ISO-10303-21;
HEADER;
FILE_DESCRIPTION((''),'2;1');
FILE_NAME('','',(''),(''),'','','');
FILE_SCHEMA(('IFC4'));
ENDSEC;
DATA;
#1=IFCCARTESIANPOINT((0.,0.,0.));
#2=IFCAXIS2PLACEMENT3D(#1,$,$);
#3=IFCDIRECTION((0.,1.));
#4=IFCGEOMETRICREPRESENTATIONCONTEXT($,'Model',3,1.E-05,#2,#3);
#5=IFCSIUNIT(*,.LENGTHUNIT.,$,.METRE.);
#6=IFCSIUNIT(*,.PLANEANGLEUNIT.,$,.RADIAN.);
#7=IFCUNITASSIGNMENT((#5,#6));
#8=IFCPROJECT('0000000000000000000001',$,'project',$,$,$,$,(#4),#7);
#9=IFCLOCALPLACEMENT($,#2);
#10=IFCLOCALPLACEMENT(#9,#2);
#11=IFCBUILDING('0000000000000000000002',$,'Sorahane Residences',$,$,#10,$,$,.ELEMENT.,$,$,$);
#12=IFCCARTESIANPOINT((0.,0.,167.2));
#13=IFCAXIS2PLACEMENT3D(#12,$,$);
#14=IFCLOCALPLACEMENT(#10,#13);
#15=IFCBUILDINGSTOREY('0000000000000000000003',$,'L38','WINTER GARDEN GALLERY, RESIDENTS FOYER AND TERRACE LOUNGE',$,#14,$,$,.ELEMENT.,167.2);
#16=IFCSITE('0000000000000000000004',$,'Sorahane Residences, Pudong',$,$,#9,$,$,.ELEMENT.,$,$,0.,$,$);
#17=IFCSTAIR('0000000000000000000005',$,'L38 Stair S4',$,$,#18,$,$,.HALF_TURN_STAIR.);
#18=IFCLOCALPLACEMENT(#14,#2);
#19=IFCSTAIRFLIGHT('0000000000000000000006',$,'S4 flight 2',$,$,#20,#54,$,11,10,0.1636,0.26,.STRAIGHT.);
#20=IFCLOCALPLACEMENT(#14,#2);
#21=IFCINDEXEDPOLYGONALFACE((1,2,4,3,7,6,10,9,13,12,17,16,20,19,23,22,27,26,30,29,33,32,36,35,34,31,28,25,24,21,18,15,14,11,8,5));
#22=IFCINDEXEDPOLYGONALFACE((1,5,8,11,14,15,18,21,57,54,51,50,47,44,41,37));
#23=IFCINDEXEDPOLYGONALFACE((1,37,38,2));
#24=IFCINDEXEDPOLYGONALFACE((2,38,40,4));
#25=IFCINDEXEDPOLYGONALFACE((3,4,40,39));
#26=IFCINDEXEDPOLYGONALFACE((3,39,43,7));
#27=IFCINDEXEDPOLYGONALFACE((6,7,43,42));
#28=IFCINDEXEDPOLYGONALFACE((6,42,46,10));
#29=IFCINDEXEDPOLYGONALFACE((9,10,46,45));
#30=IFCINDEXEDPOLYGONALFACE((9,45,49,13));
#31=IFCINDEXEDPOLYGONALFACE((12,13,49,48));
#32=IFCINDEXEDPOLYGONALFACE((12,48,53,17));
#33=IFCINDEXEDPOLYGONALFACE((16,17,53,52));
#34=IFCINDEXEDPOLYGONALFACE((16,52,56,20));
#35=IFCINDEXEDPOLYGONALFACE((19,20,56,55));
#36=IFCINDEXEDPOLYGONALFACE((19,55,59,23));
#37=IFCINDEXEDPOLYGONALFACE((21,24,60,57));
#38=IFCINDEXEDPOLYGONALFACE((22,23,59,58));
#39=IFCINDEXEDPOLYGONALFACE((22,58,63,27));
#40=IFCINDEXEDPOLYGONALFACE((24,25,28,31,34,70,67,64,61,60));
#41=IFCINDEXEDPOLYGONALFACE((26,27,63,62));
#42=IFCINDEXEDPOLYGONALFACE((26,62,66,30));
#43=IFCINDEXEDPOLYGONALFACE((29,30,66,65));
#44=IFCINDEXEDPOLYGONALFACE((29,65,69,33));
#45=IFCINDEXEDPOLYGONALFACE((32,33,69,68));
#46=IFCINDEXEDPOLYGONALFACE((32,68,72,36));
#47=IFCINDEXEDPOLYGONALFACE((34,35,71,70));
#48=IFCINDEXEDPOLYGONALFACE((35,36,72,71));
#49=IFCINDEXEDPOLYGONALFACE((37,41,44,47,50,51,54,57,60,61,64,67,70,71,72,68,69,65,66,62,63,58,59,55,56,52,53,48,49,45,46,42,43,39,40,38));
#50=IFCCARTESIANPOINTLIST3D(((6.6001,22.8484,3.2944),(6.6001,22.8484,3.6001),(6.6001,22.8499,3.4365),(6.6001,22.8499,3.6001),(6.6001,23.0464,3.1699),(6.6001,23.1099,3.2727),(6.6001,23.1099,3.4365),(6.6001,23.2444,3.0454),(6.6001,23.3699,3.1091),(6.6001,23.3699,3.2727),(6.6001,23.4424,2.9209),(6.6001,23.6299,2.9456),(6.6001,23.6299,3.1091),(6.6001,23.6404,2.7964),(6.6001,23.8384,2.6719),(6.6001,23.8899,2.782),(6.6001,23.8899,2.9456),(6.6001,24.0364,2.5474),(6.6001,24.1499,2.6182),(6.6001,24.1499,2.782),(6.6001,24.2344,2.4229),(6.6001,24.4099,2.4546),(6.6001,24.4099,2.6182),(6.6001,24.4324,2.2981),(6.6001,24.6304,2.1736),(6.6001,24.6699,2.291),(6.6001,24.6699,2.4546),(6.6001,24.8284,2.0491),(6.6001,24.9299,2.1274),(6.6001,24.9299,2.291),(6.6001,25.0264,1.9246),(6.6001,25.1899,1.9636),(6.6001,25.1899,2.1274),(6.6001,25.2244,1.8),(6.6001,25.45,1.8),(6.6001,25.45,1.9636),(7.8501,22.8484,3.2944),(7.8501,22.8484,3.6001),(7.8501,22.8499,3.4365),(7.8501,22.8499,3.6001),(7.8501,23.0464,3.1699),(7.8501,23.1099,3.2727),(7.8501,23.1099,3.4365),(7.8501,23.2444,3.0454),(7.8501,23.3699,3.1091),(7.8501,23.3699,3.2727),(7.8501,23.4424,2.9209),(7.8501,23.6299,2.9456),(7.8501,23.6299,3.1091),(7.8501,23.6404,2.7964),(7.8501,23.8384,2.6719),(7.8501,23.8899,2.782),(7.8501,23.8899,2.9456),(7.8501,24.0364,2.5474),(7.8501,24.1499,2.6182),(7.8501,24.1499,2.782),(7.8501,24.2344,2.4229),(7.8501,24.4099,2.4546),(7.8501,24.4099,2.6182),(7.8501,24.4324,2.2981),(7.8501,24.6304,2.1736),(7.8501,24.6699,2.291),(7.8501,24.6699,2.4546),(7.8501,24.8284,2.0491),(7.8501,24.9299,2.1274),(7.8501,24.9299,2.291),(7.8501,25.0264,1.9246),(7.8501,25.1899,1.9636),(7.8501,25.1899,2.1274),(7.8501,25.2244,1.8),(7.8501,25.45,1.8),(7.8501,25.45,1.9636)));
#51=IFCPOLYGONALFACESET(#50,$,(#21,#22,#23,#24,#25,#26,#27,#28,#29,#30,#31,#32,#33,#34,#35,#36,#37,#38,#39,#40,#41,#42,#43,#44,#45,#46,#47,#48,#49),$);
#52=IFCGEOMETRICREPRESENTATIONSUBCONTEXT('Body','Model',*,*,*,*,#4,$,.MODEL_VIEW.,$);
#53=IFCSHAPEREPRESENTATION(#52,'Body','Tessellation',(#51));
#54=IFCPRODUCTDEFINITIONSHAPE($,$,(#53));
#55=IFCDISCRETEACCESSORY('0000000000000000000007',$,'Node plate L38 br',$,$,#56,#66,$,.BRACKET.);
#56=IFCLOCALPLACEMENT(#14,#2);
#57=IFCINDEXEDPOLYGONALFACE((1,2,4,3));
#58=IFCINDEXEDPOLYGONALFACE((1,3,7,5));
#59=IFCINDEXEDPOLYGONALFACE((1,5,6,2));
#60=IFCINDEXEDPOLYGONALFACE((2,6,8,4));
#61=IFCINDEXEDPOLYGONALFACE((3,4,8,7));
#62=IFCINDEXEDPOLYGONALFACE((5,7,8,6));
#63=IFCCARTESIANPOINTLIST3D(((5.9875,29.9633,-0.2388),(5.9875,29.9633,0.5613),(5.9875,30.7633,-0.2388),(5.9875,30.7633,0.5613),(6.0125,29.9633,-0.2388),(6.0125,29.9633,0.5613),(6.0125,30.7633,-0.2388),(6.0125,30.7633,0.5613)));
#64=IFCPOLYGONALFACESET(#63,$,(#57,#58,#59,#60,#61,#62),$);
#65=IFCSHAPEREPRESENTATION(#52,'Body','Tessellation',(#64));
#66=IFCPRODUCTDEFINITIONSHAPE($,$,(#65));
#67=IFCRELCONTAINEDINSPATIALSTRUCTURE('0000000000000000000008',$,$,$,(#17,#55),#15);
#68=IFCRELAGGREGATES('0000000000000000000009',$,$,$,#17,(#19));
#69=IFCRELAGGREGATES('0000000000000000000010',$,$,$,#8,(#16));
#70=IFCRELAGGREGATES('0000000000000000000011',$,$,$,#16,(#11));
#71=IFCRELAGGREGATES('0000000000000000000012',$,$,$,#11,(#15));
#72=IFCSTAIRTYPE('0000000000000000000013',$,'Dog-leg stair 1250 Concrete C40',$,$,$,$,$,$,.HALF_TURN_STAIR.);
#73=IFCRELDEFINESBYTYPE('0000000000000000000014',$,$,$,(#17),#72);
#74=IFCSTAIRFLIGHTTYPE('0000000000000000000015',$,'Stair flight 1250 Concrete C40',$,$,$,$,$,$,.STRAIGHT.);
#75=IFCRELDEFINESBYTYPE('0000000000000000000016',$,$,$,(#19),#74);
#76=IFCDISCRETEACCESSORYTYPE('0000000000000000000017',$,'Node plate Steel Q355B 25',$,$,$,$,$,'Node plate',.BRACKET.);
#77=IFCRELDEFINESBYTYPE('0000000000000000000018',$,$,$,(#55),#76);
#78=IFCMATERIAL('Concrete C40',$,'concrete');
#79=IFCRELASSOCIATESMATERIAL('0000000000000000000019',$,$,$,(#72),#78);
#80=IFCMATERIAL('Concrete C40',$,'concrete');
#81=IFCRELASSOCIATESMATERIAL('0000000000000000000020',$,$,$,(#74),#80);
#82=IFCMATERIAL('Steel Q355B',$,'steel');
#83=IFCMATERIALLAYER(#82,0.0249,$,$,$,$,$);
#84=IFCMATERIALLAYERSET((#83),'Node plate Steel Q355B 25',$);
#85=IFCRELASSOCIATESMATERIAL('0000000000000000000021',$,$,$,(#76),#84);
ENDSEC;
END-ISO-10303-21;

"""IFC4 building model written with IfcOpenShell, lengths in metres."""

from ifc_helpers import new_model, si_unit, direction, frame, origin, origin_2d, place, context, subcontext, project, spatial, polyline, rectangle, outline, extrude, material, layer, layer_set, type_object, element, aggregate, save


model = new_model("IFC4")

# Units and contexts
model_context = context("Model", 3, precision=1e-05, world=origin(), true_north=direction((0.0, 1.0)))
body_context = subcontext(model_context, "Body", "Model", "MODEL_VIEW")
ifc_project = project(units=[si_unit("LENGTHUNIT", "METRE"), si_unit("PLANEANGLEUNIT", "RADIAN")], contexts=[model_context])

# Site, building, storey
site_placement = place(None, origin())
site = spatial("IfcSite", under=ifc_project, at=site_placement, Name="Sorahane Residences, Pudong", CompositionType="ELEMENT", RefElevation=0.0)
building_placement = place(site_placement, origin())
building = spatial("IfcBuilding", under=site, at=building_placement, Name="Sorahane Residences", CompositionType="ELEMENT")
storey_placement = place(building_placement, frame((0.0, 0.0, 167.2)))
storey = spatial("IfcBuildingStorey", under=building, at=storey_placement, Name="L38", Description="WINTER GARDEN GALLERY, RESIDENTS FOYER AND TERRACE LOUNGE", CompositionType="ELEMENT", Elevation=167.2)

# Stair, stair flight
ifc_material_1 = material(Name="Concrete C40", Category="concrete")
stair_type = type_object("IfcStairType", Name="Dog-leg stair 1250 Concrete C40", PredefinedType="HALF_TURN_STAIR", material=ifc_material_1)
stair_placement = place(storey_placement, origin())
stair = element("IfcStair", 1, at=stair_placement, inside=storey, type_object=stair_type, Name="L38 Stair S4", PredefinedType="HALF_TURN_STAIR")
ifc_material_2 = material(Name="Concrete C40", Category="concrete")
stair_flight_type = type_object("IfcStairFlightType", Name="Stair flight 1250 Concrete C40", PredefinedType="STRAIGHT", material=ifc_material_2)
stair_flight_placement = place(storey_placement, frame((7.2251, 25.45, 1.8), z_axis=(0.0, 0.0, 1.0), x_axis=(0.0, -1.0, 0.0)))
stair_flight = element("IfcStairFlight", 2, at=stair_flight_placement, type_object=stair_flight_type, Name="S4 flight 2", NumberOfRisers=11, NumberOfTreads=10, PredefinedType="STRAIGHT", RiserHeight=0.1636, TreadLength=0.26, context=body_context, shape_type="SweptSolid", body=[
    extrude(outline(polyline([(0.0, 0.0), (0.0, 0.1636), (0.26, 0.1636), (0.26, 0.3274), (0.52, 0.3274), (0.52, 0.491), (0.78, 0.491), (0.78, 0.6545), (1.04, 0.6545), (1.04, 0.8181), (1.3, 0.8181), (1.3, 0.9819), (1.5601, 0.9819), (1.5601, 1.1455), (1.8201, 1.1455), (1.8201, 1.3091), (2.0801, 1.3091), (2.0801, 1.4727), (2.3401, 1.4727), (2.3401, 1.6365), (2.6001, 1.6365), (2.6001, 1.8), (2.6016, 1.8), (2.6016, 1.4944), (2.4036, 1.3699), (2.2056, 1.2454), (2.0076, 1.1208), (1.8096, 0.9963), (1.6116, 0.8718), (1.4136, 0.7473), (1.2156, 0.6228), (1.0176, 0.498), (0.8196, 0.3735), (0.6216, 0.249), (0.4236, 0.1245), (0.2256, 0.0), (0.0, 0.0)])), frame((0.0, 0.625, 0.0), z_axis=(0.0, -1.0, 0.0), x_axis=(1.0, 0.0, 0.0)), (0.0, 0.0, 1.0), 1.25),
])
aggregate(stair, [stair_flight])

# Discrete accessory
ifc_material_3 = material(Name="Steel Q355B", Category="steel")
ifc_layer_1 = layer(ifc_material_3, 0.0249)
ifc_layer_set_1 = layer_set([ifc_layer_1], Name="Node plate Steel Q355B 25")
discrete_accessory_type = type_object("IfcDiscreteAccessoryType", Name="Node plate Steel Q355B 25", ElementType="Node plate", PredefinedType="BRACKET", material=ifc_layer_set_1)
discrete_accessory_placement = place(storey_placement, frame((6.0, 30.3633, -0.2388), z_axis=(0.0, 0.0, 1.0), x_axis=(0.0, 1.0, 0.0)))
element("IfcDiscreteAccessory", 3, at=discrete_accessory_placement, inside=storey, type_object=discrete_accessory_type, Name="Node plate L38 br", PredefinedType="BRACKET", context=body_context, shape_type="SweptSolid", body=[
    extrude(rectangle(XDim=0.8, YDim=0.0249, at=origin_2d()), origin(), (0.0, 0.0, 1.0), 0.8),
])

save(model, "model.ifc")
